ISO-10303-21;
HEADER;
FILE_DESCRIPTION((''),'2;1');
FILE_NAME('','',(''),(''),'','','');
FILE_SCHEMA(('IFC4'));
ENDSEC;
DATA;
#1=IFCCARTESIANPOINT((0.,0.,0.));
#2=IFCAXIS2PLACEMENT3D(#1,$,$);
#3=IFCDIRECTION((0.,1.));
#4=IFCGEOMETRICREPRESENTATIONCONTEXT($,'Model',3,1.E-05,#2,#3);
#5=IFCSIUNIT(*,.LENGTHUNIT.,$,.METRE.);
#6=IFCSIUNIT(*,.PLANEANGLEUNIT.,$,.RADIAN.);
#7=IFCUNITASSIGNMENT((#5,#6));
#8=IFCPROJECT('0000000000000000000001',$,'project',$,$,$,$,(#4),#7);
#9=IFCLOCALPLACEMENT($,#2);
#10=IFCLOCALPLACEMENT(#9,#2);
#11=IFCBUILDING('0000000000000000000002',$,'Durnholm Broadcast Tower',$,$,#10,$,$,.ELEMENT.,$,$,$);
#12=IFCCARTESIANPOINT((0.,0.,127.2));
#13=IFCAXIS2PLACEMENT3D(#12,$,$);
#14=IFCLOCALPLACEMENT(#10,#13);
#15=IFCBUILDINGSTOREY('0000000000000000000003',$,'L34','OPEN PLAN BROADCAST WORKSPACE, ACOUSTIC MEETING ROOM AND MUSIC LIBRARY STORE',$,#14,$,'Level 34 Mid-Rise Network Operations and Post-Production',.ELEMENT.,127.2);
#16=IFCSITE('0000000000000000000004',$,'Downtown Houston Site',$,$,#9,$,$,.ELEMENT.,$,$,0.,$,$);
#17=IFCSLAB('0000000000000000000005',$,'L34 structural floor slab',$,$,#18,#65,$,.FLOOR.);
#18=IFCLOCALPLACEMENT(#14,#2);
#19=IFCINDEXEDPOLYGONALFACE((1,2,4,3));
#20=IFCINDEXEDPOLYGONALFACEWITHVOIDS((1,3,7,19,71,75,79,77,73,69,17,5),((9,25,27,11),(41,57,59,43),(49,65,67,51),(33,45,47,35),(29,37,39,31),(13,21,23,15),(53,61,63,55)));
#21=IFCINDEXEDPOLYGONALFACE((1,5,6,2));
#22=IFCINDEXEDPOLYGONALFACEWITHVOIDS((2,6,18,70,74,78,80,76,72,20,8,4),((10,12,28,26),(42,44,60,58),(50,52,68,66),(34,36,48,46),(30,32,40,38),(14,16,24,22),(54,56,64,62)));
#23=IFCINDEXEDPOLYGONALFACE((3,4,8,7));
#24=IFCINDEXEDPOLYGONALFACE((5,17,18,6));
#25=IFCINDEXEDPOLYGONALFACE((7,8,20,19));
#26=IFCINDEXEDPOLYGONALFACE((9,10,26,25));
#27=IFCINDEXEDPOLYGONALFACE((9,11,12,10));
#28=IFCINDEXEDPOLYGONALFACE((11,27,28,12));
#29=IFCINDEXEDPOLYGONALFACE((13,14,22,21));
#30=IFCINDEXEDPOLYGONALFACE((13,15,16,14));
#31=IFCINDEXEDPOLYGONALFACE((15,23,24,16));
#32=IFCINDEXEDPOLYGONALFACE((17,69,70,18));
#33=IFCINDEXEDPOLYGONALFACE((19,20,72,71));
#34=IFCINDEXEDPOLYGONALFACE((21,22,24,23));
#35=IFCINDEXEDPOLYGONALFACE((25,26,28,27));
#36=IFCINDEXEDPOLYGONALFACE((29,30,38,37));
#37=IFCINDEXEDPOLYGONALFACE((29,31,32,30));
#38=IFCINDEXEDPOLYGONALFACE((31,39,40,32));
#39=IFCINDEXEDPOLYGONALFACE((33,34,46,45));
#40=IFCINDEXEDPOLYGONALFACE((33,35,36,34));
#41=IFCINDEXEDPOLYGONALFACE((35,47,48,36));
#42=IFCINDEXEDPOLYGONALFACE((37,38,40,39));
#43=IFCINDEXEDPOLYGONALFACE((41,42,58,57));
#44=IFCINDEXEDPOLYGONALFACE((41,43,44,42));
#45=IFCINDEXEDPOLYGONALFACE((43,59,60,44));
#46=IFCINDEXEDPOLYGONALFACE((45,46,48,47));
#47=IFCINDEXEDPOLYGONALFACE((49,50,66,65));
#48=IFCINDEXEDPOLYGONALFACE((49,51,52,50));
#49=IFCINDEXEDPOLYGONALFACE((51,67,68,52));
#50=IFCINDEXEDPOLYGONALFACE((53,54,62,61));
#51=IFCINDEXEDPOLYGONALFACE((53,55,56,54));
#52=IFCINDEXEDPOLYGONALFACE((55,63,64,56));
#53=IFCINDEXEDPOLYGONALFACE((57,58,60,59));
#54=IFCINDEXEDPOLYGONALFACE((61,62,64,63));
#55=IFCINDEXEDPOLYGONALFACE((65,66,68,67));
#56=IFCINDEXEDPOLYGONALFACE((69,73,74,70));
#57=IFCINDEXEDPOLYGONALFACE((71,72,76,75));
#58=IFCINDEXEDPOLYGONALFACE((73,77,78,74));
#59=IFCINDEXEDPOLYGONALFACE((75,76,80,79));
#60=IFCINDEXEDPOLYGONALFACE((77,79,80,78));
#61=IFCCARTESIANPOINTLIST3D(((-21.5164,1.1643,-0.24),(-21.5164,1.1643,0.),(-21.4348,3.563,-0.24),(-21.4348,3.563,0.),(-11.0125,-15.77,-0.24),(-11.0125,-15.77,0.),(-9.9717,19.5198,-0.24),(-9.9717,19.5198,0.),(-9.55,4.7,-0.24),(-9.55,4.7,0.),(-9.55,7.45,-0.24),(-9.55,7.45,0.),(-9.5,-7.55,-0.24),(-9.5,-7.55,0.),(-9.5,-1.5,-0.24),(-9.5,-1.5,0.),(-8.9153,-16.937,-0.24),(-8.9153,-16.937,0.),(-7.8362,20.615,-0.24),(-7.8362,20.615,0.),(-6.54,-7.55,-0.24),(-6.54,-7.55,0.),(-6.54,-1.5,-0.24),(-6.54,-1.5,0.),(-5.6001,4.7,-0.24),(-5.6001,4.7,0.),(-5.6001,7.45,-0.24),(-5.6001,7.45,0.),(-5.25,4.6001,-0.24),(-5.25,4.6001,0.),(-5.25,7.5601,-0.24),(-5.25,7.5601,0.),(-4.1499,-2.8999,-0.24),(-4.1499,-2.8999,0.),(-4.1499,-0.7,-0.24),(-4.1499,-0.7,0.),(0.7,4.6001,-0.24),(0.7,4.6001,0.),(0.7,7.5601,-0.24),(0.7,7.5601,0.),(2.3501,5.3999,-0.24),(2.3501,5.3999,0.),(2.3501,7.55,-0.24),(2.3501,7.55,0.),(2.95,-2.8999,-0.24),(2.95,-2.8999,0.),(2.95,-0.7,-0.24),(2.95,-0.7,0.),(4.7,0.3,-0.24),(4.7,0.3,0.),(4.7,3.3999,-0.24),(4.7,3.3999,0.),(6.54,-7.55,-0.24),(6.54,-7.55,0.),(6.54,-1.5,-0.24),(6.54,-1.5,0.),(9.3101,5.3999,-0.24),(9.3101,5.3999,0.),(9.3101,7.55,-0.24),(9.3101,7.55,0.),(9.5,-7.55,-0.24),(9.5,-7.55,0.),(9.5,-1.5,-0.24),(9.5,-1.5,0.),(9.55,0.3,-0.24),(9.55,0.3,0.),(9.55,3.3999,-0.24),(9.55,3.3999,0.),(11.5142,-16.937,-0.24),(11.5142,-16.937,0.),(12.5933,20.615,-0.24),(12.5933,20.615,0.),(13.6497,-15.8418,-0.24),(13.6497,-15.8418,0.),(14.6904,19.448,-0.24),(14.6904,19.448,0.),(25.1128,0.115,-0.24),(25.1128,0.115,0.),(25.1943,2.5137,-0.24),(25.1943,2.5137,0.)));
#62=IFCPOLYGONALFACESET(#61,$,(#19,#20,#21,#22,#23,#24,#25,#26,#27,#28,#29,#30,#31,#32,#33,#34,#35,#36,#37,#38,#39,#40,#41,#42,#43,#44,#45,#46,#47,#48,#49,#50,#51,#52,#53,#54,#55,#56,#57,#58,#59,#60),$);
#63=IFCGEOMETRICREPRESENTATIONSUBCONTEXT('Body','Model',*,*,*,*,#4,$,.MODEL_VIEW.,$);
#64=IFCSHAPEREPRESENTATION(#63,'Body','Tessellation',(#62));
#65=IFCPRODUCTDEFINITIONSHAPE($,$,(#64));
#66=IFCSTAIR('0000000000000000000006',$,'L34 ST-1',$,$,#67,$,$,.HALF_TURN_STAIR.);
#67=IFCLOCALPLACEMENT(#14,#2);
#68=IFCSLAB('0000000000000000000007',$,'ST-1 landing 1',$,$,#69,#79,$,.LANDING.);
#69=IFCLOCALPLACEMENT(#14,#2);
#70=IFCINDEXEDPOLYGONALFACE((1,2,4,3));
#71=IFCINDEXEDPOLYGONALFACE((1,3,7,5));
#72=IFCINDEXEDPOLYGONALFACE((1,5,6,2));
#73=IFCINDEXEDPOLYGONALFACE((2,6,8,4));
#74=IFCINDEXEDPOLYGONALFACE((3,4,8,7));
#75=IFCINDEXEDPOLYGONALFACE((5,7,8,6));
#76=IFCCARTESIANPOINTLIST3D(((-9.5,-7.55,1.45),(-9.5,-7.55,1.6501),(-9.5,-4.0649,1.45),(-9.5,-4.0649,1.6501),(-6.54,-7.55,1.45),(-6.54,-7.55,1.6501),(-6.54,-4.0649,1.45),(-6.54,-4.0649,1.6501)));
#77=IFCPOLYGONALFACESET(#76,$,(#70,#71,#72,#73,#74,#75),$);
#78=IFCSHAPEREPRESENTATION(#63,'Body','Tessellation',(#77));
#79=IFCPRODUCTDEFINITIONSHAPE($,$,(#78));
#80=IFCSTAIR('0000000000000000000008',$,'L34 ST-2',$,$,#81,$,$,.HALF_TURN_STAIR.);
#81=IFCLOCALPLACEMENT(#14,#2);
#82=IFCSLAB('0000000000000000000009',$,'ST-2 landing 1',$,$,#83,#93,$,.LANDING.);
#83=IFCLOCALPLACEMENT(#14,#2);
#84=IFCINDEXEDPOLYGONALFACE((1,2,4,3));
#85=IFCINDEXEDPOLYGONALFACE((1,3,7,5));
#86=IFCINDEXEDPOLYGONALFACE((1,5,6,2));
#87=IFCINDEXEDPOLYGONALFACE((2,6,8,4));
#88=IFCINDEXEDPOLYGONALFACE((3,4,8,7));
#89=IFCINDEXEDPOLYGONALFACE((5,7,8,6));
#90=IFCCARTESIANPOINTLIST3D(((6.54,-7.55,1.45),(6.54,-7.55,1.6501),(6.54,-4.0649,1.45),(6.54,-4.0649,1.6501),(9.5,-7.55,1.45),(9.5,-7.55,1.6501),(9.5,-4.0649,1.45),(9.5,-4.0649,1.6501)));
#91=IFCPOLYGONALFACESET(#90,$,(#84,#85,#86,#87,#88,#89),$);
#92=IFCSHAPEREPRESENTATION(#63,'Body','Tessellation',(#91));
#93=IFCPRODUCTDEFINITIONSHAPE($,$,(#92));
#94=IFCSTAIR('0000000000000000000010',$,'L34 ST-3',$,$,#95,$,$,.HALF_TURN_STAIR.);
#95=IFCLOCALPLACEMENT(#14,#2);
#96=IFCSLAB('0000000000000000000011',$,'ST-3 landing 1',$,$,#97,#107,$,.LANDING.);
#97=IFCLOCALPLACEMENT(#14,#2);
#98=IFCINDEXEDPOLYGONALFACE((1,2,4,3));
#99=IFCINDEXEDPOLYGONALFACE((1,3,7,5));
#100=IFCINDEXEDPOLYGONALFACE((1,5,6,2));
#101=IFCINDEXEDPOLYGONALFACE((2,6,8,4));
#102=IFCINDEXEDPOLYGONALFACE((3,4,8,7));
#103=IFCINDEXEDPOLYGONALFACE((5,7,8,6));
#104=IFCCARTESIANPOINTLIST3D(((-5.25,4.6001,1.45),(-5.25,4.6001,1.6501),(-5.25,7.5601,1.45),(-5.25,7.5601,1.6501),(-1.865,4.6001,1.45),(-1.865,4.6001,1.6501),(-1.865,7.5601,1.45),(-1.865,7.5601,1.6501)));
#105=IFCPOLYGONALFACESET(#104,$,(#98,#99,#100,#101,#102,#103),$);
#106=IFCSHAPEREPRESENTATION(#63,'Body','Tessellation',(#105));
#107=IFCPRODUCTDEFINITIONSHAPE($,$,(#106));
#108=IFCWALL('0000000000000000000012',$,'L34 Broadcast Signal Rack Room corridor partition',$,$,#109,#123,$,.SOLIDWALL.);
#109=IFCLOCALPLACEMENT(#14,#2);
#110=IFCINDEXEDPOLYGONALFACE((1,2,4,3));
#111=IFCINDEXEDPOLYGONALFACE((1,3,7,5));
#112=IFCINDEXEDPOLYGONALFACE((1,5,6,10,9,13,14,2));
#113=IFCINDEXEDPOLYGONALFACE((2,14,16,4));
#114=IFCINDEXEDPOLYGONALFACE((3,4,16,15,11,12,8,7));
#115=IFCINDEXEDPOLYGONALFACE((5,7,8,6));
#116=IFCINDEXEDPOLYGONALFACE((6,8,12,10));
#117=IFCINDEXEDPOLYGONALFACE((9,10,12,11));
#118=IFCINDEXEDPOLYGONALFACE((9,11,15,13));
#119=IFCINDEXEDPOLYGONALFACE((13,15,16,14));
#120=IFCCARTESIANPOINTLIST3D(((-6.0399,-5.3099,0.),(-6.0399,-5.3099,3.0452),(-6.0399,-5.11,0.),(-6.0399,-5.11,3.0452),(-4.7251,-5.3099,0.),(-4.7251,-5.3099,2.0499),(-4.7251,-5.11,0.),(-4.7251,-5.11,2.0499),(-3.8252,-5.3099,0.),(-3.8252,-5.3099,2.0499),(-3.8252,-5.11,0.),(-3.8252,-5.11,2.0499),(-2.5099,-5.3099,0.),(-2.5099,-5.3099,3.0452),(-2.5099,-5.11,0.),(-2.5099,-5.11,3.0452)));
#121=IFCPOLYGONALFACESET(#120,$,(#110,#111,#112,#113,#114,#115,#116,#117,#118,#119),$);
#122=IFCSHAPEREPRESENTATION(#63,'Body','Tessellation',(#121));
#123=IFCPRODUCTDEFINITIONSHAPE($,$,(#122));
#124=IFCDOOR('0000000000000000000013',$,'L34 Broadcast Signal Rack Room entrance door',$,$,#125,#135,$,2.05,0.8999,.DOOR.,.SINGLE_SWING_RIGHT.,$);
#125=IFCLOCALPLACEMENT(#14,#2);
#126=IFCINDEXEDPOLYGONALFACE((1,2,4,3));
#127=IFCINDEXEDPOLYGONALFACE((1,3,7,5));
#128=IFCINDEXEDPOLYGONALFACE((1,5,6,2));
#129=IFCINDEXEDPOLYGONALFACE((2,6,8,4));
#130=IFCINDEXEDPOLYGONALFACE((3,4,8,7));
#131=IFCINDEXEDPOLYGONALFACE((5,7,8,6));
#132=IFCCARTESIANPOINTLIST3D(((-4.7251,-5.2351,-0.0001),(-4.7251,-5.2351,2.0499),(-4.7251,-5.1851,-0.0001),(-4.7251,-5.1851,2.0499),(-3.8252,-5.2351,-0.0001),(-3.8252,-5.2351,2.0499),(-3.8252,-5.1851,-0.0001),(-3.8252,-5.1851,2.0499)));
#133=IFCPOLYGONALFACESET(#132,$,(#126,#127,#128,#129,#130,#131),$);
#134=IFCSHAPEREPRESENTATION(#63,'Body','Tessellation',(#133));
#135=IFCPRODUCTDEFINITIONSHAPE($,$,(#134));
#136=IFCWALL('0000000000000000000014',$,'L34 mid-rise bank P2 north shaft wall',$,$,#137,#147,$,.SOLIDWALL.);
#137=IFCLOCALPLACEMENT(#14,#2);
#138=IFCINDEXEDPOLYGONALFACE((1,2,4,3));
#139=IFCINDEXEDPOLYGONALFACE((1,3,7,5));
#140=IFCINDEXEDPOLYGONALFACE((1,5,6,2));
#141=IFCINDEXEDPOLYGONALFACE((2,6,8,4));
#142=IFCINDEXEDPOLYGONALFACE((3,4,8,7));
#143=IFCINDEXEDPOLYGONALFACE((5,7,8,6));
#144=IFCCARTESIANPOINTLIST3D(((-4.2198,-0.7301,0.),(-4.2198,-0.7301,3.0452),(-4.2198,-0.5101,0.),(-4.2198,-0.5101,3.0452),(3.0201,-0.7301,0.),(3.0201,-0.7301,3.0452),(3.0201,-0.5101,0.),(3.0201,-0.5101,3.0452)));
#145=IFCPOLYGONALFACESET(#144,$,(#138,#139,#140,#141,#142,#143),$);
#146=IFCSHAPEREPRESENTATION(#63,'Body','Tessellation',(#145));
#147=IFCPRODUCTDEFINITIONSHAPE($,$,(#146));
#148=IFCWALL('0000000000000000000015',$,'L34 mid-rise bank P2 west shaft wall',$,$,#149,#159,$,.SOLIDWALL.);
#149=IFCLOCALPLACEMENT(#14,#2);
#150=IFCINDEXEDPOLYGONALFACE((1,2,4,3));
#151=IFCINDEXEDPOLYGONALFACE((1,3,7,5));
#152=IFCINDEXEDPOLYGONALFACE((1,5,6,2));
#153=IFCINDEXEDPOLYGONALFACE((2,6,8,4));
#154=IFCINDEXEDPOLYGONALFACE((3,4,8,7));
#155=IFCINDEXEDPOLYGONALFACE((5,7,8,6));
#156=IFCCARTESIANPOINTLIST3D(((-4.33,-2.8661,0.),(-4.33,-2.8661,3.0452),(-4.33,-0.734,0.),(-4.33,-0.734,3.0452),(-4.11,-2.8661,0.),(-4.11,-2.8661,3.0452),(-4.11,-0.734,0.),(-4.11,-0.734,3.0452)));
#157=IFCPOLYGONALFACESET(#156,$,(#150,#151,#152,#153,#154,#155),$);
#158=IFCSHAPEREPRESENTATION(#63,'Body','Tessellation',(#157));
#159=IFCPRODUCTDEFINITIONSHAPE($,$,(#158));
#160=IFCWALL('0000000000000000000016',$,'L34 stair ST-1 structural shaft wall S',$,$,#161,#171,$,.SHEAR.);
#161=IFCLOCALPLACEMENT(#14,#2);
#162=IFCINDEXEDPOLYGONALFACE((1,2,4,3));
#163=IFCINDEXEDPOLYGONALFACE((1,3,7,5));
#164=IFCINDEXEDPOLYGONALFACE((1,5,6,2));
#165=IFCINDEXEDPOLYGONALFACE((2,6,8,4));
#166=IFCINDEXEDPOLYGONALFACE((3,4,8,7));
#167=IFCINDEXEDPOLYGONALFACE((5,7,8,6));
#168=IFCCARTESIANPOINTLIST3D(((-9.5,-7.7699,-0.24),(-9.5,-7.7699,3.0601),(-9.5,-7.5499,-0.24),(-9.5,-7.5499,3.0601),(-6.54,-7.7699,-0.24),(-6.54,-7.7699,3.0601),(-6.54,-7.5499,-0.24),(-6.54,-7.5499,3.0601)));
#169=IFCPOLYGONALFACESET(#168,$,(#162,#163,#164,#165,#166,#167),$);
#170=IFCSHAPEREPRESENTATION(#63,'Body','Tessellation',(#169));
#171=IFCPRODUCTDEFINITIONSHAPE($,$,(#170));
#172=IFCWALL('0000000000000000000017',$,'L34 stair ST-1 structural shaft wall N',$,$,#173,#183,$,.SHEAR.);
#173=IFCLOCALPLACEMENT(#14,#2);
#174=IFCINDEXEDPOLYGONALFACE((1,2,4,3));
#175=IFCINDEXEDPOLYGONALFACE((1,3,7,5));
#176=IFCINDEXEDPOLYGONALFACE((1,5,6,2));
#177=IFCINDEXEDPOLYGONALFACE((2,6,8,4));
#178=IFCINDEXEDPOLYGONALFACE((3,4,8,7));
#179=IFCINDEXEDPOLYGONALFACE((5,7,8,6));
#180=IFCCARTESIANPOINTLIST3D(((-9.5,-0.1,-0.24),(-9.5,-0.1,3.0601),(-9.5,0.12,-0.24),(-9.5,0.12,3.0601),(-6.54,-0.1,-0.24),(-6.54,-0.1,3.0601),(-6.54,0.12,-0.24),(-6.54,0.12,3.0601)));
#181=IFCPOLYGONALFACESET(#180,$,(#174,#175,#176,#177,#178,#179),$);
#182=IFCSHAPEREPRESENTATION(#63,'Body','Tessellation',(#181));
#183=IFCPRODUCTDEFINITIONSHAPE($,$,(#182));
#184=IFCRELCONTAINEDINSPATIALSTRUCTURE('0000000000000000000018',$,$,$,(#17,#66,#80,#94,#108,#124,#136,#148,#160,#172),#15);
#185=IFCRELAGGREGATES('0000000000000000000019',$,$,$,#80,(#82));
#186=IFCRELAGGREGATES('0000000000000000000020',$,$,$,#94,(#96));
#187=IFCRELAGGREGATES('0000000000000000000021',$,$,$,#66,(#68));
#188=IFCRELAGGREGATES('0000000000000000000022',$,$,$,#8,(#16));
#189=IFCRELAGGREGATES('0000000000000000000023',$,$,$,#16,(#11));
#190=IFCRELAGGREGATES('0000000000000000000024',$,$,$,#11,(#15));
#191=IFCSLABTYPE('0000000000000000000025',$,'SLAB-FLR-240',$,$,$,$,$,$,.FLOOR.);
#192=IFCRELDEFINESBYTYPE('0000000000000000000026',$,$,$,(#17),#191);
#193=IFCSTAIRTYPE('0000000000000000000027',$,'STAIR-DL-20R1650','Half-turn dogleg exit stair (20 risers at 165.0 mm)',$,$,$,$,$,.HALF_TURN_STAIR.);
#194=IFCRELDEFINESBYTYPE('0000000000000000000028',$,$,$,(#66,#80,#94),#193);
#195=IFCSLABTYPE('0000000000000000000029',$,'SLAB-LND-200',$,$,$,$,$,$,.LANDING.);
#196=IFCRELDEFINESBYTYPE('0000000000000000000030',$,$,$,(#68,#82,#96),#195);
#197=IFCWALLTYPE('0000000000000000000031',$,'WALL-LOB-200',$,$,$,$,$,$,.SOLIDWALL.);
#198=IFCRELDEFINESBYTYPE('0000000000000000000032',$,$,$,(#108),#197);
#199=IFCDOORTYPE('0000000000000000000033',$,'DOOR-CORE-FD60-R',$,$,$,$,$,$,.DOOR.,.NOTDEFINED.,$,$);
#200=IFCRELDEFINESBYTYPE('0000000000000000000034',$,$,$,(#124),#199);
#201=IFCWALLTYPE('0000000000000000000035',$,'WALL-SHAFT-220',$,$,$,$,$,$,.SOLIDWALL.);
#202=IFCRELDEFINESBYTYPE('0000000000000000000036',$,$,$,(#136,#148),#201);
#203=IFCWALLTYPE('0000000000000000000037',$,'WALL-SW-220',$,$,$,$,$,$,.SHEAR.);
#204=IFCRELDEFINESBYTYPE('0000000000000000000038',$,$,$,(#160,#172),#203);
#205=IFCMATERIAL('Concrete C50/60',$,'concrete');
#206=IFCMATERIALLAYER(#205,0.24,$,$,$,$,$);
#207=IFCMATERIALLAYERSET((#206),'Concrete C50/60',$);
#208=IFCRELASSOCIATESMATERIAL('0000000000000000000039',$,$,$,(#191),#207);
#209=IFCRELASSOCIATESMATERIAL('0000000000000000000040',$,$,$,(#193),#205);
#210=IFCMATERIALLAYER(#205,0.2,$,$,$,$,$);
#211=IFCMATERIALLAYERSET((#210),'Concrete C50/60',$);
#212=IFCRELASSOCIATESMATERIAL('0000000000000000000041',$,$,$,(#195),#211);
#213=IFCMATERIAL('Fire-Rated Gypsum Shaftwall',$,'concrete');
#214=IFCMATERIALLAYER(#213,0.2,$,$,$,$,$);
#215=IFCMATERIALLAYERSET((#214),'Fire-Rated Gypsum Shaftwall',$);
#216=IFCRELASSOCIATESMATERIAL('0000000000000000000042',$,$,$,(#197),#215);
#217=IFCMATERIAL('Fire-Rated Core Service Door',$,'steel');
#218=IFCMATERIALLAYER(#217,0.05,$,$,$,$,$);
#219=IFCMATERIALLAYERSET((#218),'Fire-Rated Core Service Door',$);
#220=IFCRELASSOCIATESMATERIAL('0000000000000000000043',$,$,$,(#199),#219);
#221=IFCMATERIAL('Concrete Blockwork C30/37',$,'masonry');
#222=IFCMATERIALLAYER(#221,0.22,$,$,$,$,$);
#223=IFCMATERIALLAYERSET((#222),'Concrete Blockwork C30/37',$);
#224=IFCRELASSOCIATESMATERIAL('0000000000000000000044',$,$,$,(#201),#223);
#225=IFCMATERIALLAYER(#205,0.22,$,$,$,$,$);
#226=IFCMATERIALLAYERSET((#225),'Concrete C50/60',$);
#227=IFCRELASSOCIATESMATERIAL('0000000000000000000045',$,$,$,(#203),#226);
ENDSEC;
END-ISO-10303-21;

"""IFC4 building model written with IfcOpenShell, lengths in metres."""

from ifc_helpers import new_model, si_unit, direction, frame, frame_2d, origin, place, context, subcontext, project, spatial, polyline, rectangle, outline, extrude, source, transform, mapped, material, layer, layer_set, type_object, type_shapes, element, fill, aggregate, save


model = new_model("IFC4")

# Units and contexts
model_context = context("Model", 3, precision=1e-05, world=origin(), true_north=direction((0.0, 1.0)))
body_context = subcontext(model_context, "Body", "Model", "MODEL_VIEW")
ifc_project = project(units=[si_unit("LENGTHUNIT", "METRE"), si_unit("PLANEANGLEUNIT", "RADIAN")], contexts=[model_context])

# Site, building, storey
site_placement = place(None, origin())
site = spatial("IfcSite", under=ifc_project, at=site_placement, Name="Downtown Houston Site", CompositionType="ELEMENT", RefElevation=0.0)
building_placement = place(site_placement, origin())
building = spatial("IfcBuilding", under=site, at=building_placement, Name="Durnholm Broadcast Tower", CompositionType="ELEMENT")
storey_placement = place(building_placement, frame((0.0, 0.0, 127.2)))
storey = spatial("IfcBuildingStorey", under=building, at=storey_placement, Name="L34", Description="OPEN PLAN BROADCAST WORKSPACE, ACOUSTIC MEETING ROOM AND MUSIC LIBRARY STORE", LongName="Level 34 Mid-Rise Network Operations and Post-Production", CompositionType="ELEMENT", Elevation=127.2)

# Slab
ifc_material_1 = material(Name="Concrete C50/60", Category="concrete")
ifc_layer_1 = layer(ifc_material_1, 0.24)
ifc_layer_set_1 = layer_set([ifc_layer_1], Name="Concrete C50/60")
slab_type_1 = type_object("IfcSlabType", Name="SLAB-FLR-240", PredefinedType="FLOOR", material=ifc_layer_set_1)
slab_1_placement = place(storey_placement, frame((0.0, 0.0, -0.24)))
element("IfcSlab", 1, at=slab_1_placement, inside=storey, type_object=slab_type_1, Name="L34 structural floor slab", PredefinedType="FLOOR", context=body_context, shape_type="SweptSolid", body=[
    extrude(outline(polyline([(-11.0125, -15.77), (-8.9153, -16.937), (11.5142, -16.937), (13.6497, -15.8418), (25.1128, 0.115), (25.1943, 2.5137), (14.6904, 19.448), (12.5933, 20.615), (-7.8362, 20.615), (-9.9717, 19.5198), (-21.4348, 3.563), (-21.5164, 1.1643), (-11.0125, -15.77)]), holes=[polyline([(-6.54, -1.5), (-9.5, -1.5), (-9.5, -7.55), (-6.54, -7.55), (-6.54, -1.5)]), polyline([(9.5, -7.55), (9.5, -1.5), (6.54, -1.5), (6.54, -7.55), (9.5, -7.55)]), polyline([(2.95, -0.7), (-4.1499, -0.7), (-4.1499, -2.8999), (2.95, -2.8999), (2.95, -0.7)]), polyline([(9.55, 3.3999), (4.7, 3.3999), (4.7, 0.3), (9.55, 0.3), (9.55, 3.3999)]), polyline([(-5.6001, 7.45), (-9.55, 7.45), (-9.55, 4.7), (-5.6001, 4.7), (-5.6001, 7.45)]), polyline([(-5.25, 4.6001), (0.7, 4.6001), (0.7, 7.5601), (-5.25, 7.5601), (-5.25, 4.6001)]), polyline([(9.3101, 7.55), (2.3501, 7.55), (2.3501, 5.3999), (9.3101, 5.3999), (9.3101, 7.55)])]), origin(), (0.0, 0.0, 1.0), 0.24),
])

# Stairs, slabs
stair_type = type_object("IfcStairType", Name="STAIR-DL-20R1650", Description="Half-turn dogleg exit stair (20 risers at 165.0 mm)", PredefinedType="HALF_TURN_STAIR", material=ifc_material_1)
stair_1_placement = place(storey_placement, origin())
stair_1 = element("IfcStair", 2, at=stair_1_placement, inside=storey, type_object=stair_type, Name="L34 ST-1", PredefinedType="HALF_TURN_STAIR")
ifc_layer_2 = layer(ifc_material_1, 0.2)
ifc_layer_set_2 = layer_set([ifc_layer_2], Name="Concrete C50/60")
slab_type_2 = type_object("IfcSlabType", Name="SLAB-LND-200", PredefinedType="LANDING", material=ifc_layer_set_2)
slab_2_placement = place(storey_placement, frame((0.0, 0.0, 1.45)))
slab_2 = element("IfcSlab", 3, at=slab_2_placement, type_object=slab_type_2, Name="ST-1 landing 1", PredefinedType="LANDING", context=body_context, shape_type="SweptSolid", body=[
    extrude(outline(polyline([(-9.5, -4.0649), (-9.5, -7.55), (-6.54, -7.55), (-6.54, -4.0649), (-9.5, -4.0649)])), origin(), (0.0, 0.0, 1.0), 0.2002),
])
stair_2_placement = place(storey_placement, origin())
stair_2 = element("IfcStair", 4, at=stair_2_placement, inside=storey, type_object=stair_type, Name="L34 ST-2", PredefinedType="HALF_TURN_STAIR")
slab_3_placement = place(storey_placement, frame((0.0, 0.0, 1.45)))
slab_3 = element("IfcSlab", 5, at=slab_3_placement, type_object=slab_type_2, Name="ST-2 landing 1", PredefinedType="LANDING", context=body_context, shape_type="SweptSolid", body=[
    extrude(outline(polyline([(6.54, -4.0649), (6.54, -7.55), (9.5, -7.55), (9.5, -4.0649), (6.54, -4.0649)])), origin(), (0.0, 0.0, 1.0), 0.2002),
])
aggregate(stair_2, [slab_3])
stair_3_placement = place(storey_placement, origin())
stair_3 = element("IfcStair", 6, at=stair_3_placement, inside=storey, type_object=stair_type, Name="L34 ST-3", PredefinedType="HALF_TURN_STAIR")
slab_4_placement = place(storey_placement, frame((0.0, 0.0, 1.45)))
slab_4 = element("IfcSlab", 7, at=slab_4_placement, type_object=slab_type_2, Name="ST-3 landing 1", PredefinedType="LANDING", context=body_context, shape_type="SweptSolid", body=[
    extrude(outline(polyline([(-1.865, 7.5601), (-5.25, 7.5601), (-5.25, 4.6001), (-1.865, 4.6001), (-1.865, 7.5601)])), origin(), (0.0, 0.0, 1.0), 0.2002),
])
aggregate(stair_3, [slab_4])

# Wall, opening, door
ifc_material_2 = material(Name="Fire-Rated Gypsum Shaftwall", Category="concrete")
ifc_layer_3 = layer(ifc_material_2, 0.2)
ifc_layer_set_3 = layer_set([ifc_layer_3], Name="Fire-Rated Gypsum Shaftwall")
wall_type_1 = type_object("IfcWallType", Name="WALL-LOB-200", PredefinedType="SOLIDWALL", material=ifc_layer_set_3)
wall_1_placement = place(storey_placement, frame((-6.04, -5.21, 0.0), z_axis=(0.0, 0.0, 1.0), x_axis=(1.0, 0.0, 0.0)))
wall_1 = element("IfcWall", 8, at=wall_1_placement, inside=storey, type_object=wall_type_1, Name="L34 Broadcast Signal Rack Room corridor partition", PredefinedType="SOLIDWALL", context=body_context, shape_type="SweptSolid", body=[
    extrude(rectangle(XDim=3.53, YDim=0.2, at=frame_2d((1.7651, 0.0))), origin(), (0.0, 0.0, 1.0), 3.0452),
])
opening_1_placement = place(wall_1_placement, frame((1.3149, 0.0, 0.0)))
opening_1 = element("IfcOpeningElement", 9, at=opening_1_placement, cuts=wall_1, PredefinedType="OPENING", context=body_context, shape_type="SweptSolid", body=[
    extrude(rectangle(XDim=0.8999, YDim=2.05, at=frame_2d((0.45, 1.0249))), frame((0.0, 0.1099, 0.0), z_axis=(0.0, -1.0, 0.0), x_axis=(1.0, 0.0, 0.0)), (0.0, 0.0, 1.0), 0.22),
])
ifc_material_3 = material(Name="Fire-Rated Core Service Door", Category="steel")
ifc_layer_4 = layer(ifc_material_3, 0.05)
ifc_layer_set_4 = layer_set([ifc_layer_4], Name="Fire-Rated Core Service Door")
door_type_1 = type_object("IfcDoorType", Name="DOOR-CORE-FD60-R", OperationType="NOTDEFINED", PredefinedType="DOOR", material=ifc_layer_set_4)
shared_shape_1 = source(origin(), body_context, "Body", "SweptSolid", [
    extrude(rectangle(XDim=0.8999, YDim=2.05, at=frame_2d((0.45, 1.0249))), frame((0.0, 0.0249, 0.0), z_axis=(0.0, -1.0, 0.0), x_axis=(1.0, 0.0, 0.0)), (0.0, 0.0, 1.0), 0.05),
])
type_shapes(door_type_1, [shared_shape_1])
door_1_placement = place(opening_1_placement, origin())
door_1 = element("IfcDoor", 10, at=door_1_placement, inside=storey, type_object=door_type_1, Name="L34 Broadcast Signal Rack Room entrance door", OperationType="SINGLE_SWING_RIGHT", OverallHeight=2.05, OverallWidth=0.8999, PredefinedType="DOOR", context=body_context, shape_type="MappedRepresentation", body=[
    mapped(shared_shape_1, transform((0.0, 0.0, 0.0), x_axis=(1.0, 0.0, 0.0), y_axis=(0.0, 1.0, 0.0), z_axis=(0.0, 0.0, 1.0), scale=1.0)),
])
fill(opening_1, door_1)

# Shared definitions
ifc_material_4 = material(Name="Concrete Blockwork C30/37", Category="masonry")
ifc_layer_5 = layer(ifc_material_4, 0.22)
ifc_layer_set_5 = layer_set([ifc_layer_5], Name="Concrete Blockwork C30/37")
wall_type_2 = type_object("IfcWallType", Name="WALL-SHAFT-220", PredefinedType="SOLIDWALL", material=ifc_layer_set_5)

# Walls
wall_2_placement = place(storey_placement, frame((-4.22, -0.6201, 0.0), z_axis=(0.0, 0.0, 1.0), x_axis=(1.0, 0.0, 0.0)))
element("IfcWall", 11, at=wall_2_placement, inside=storey, type_object=wall_type_2, Name="L34 mid-rise bank P2 north shaft wall", PredefinedType="SOLIDWALL", context=body_context, shape_type="SweptSolid", body=[
    extrude(rectangle(XDim=7.24, YDim=0.22, at=frame_2d((3.6201, 0.0))), origin(), (0.0, 0.0, 1.0), 3.0452),
])
wall_3_placement = place(storey_placement, frame((-4.22, -2.866, 0.0), z_axis=(0.0, 0.0, 1.0), x_axis=(0.0, 1.0, 0.0)))
element("IfcWall", 12, at=wall_3_placement, inside=storey, type_object=wall_type_2, Name="L34 mid-rise bank P2 west shaft wall", PredefinedType="SOLIDWALL", context=body_context, shape_type="SweptSolid", body=[
    extrude(rectangle(XDim=2.1321, YDim=0.22, at=frame_2d((1.0659, 0.0))), origin(), (0.0, 0.0, 1.0), 3.0452),
])
ifc_layer_6 = layer(ifc_material_1, 0.22)
ifc_layer_set_6 = layer_set([ifc_layer_6], Name="Concrete C50/60")
wall_type_3 = type_object("IfcWallType", Name="WALL-SW-220", PredefinedType="SHEAR", material=ifc_layer_set_6)
for number, where, z_axis, x_axis, name in (
    (13, (-9.5, -7.6599, -0.24), (0.0, 0.0, 1.0), (1.0, 0.0, 0.0), "L34 stair ST-1 structural shaft wall S"),
    (14, (-6.54, 0.01, -0.24), (0.0, 0.0, 1.0), (-1.0, 0.0, 0.0), "L34 stair ST-1 structural shaft wall N"),
):
    element("IfcWall", number, at=place(storey_placement, frame(where, z_axis=z_axis, x_axis=x_axis)), inside=storey, type_object=wall_type_3, Name=name, PredefinedType="SHEAR", context=body_context, shape_type="SweptSolid", body=[
        extrude(rectangle(XDim=2.96, YDim=0.22, at=frame_2d((1.48, 0.0))), origin(), (0.0, 0.0, 1.0), 3.3),
    ])

aggregate(stair_1, [slab_2])

save(model, "model.ifc")
